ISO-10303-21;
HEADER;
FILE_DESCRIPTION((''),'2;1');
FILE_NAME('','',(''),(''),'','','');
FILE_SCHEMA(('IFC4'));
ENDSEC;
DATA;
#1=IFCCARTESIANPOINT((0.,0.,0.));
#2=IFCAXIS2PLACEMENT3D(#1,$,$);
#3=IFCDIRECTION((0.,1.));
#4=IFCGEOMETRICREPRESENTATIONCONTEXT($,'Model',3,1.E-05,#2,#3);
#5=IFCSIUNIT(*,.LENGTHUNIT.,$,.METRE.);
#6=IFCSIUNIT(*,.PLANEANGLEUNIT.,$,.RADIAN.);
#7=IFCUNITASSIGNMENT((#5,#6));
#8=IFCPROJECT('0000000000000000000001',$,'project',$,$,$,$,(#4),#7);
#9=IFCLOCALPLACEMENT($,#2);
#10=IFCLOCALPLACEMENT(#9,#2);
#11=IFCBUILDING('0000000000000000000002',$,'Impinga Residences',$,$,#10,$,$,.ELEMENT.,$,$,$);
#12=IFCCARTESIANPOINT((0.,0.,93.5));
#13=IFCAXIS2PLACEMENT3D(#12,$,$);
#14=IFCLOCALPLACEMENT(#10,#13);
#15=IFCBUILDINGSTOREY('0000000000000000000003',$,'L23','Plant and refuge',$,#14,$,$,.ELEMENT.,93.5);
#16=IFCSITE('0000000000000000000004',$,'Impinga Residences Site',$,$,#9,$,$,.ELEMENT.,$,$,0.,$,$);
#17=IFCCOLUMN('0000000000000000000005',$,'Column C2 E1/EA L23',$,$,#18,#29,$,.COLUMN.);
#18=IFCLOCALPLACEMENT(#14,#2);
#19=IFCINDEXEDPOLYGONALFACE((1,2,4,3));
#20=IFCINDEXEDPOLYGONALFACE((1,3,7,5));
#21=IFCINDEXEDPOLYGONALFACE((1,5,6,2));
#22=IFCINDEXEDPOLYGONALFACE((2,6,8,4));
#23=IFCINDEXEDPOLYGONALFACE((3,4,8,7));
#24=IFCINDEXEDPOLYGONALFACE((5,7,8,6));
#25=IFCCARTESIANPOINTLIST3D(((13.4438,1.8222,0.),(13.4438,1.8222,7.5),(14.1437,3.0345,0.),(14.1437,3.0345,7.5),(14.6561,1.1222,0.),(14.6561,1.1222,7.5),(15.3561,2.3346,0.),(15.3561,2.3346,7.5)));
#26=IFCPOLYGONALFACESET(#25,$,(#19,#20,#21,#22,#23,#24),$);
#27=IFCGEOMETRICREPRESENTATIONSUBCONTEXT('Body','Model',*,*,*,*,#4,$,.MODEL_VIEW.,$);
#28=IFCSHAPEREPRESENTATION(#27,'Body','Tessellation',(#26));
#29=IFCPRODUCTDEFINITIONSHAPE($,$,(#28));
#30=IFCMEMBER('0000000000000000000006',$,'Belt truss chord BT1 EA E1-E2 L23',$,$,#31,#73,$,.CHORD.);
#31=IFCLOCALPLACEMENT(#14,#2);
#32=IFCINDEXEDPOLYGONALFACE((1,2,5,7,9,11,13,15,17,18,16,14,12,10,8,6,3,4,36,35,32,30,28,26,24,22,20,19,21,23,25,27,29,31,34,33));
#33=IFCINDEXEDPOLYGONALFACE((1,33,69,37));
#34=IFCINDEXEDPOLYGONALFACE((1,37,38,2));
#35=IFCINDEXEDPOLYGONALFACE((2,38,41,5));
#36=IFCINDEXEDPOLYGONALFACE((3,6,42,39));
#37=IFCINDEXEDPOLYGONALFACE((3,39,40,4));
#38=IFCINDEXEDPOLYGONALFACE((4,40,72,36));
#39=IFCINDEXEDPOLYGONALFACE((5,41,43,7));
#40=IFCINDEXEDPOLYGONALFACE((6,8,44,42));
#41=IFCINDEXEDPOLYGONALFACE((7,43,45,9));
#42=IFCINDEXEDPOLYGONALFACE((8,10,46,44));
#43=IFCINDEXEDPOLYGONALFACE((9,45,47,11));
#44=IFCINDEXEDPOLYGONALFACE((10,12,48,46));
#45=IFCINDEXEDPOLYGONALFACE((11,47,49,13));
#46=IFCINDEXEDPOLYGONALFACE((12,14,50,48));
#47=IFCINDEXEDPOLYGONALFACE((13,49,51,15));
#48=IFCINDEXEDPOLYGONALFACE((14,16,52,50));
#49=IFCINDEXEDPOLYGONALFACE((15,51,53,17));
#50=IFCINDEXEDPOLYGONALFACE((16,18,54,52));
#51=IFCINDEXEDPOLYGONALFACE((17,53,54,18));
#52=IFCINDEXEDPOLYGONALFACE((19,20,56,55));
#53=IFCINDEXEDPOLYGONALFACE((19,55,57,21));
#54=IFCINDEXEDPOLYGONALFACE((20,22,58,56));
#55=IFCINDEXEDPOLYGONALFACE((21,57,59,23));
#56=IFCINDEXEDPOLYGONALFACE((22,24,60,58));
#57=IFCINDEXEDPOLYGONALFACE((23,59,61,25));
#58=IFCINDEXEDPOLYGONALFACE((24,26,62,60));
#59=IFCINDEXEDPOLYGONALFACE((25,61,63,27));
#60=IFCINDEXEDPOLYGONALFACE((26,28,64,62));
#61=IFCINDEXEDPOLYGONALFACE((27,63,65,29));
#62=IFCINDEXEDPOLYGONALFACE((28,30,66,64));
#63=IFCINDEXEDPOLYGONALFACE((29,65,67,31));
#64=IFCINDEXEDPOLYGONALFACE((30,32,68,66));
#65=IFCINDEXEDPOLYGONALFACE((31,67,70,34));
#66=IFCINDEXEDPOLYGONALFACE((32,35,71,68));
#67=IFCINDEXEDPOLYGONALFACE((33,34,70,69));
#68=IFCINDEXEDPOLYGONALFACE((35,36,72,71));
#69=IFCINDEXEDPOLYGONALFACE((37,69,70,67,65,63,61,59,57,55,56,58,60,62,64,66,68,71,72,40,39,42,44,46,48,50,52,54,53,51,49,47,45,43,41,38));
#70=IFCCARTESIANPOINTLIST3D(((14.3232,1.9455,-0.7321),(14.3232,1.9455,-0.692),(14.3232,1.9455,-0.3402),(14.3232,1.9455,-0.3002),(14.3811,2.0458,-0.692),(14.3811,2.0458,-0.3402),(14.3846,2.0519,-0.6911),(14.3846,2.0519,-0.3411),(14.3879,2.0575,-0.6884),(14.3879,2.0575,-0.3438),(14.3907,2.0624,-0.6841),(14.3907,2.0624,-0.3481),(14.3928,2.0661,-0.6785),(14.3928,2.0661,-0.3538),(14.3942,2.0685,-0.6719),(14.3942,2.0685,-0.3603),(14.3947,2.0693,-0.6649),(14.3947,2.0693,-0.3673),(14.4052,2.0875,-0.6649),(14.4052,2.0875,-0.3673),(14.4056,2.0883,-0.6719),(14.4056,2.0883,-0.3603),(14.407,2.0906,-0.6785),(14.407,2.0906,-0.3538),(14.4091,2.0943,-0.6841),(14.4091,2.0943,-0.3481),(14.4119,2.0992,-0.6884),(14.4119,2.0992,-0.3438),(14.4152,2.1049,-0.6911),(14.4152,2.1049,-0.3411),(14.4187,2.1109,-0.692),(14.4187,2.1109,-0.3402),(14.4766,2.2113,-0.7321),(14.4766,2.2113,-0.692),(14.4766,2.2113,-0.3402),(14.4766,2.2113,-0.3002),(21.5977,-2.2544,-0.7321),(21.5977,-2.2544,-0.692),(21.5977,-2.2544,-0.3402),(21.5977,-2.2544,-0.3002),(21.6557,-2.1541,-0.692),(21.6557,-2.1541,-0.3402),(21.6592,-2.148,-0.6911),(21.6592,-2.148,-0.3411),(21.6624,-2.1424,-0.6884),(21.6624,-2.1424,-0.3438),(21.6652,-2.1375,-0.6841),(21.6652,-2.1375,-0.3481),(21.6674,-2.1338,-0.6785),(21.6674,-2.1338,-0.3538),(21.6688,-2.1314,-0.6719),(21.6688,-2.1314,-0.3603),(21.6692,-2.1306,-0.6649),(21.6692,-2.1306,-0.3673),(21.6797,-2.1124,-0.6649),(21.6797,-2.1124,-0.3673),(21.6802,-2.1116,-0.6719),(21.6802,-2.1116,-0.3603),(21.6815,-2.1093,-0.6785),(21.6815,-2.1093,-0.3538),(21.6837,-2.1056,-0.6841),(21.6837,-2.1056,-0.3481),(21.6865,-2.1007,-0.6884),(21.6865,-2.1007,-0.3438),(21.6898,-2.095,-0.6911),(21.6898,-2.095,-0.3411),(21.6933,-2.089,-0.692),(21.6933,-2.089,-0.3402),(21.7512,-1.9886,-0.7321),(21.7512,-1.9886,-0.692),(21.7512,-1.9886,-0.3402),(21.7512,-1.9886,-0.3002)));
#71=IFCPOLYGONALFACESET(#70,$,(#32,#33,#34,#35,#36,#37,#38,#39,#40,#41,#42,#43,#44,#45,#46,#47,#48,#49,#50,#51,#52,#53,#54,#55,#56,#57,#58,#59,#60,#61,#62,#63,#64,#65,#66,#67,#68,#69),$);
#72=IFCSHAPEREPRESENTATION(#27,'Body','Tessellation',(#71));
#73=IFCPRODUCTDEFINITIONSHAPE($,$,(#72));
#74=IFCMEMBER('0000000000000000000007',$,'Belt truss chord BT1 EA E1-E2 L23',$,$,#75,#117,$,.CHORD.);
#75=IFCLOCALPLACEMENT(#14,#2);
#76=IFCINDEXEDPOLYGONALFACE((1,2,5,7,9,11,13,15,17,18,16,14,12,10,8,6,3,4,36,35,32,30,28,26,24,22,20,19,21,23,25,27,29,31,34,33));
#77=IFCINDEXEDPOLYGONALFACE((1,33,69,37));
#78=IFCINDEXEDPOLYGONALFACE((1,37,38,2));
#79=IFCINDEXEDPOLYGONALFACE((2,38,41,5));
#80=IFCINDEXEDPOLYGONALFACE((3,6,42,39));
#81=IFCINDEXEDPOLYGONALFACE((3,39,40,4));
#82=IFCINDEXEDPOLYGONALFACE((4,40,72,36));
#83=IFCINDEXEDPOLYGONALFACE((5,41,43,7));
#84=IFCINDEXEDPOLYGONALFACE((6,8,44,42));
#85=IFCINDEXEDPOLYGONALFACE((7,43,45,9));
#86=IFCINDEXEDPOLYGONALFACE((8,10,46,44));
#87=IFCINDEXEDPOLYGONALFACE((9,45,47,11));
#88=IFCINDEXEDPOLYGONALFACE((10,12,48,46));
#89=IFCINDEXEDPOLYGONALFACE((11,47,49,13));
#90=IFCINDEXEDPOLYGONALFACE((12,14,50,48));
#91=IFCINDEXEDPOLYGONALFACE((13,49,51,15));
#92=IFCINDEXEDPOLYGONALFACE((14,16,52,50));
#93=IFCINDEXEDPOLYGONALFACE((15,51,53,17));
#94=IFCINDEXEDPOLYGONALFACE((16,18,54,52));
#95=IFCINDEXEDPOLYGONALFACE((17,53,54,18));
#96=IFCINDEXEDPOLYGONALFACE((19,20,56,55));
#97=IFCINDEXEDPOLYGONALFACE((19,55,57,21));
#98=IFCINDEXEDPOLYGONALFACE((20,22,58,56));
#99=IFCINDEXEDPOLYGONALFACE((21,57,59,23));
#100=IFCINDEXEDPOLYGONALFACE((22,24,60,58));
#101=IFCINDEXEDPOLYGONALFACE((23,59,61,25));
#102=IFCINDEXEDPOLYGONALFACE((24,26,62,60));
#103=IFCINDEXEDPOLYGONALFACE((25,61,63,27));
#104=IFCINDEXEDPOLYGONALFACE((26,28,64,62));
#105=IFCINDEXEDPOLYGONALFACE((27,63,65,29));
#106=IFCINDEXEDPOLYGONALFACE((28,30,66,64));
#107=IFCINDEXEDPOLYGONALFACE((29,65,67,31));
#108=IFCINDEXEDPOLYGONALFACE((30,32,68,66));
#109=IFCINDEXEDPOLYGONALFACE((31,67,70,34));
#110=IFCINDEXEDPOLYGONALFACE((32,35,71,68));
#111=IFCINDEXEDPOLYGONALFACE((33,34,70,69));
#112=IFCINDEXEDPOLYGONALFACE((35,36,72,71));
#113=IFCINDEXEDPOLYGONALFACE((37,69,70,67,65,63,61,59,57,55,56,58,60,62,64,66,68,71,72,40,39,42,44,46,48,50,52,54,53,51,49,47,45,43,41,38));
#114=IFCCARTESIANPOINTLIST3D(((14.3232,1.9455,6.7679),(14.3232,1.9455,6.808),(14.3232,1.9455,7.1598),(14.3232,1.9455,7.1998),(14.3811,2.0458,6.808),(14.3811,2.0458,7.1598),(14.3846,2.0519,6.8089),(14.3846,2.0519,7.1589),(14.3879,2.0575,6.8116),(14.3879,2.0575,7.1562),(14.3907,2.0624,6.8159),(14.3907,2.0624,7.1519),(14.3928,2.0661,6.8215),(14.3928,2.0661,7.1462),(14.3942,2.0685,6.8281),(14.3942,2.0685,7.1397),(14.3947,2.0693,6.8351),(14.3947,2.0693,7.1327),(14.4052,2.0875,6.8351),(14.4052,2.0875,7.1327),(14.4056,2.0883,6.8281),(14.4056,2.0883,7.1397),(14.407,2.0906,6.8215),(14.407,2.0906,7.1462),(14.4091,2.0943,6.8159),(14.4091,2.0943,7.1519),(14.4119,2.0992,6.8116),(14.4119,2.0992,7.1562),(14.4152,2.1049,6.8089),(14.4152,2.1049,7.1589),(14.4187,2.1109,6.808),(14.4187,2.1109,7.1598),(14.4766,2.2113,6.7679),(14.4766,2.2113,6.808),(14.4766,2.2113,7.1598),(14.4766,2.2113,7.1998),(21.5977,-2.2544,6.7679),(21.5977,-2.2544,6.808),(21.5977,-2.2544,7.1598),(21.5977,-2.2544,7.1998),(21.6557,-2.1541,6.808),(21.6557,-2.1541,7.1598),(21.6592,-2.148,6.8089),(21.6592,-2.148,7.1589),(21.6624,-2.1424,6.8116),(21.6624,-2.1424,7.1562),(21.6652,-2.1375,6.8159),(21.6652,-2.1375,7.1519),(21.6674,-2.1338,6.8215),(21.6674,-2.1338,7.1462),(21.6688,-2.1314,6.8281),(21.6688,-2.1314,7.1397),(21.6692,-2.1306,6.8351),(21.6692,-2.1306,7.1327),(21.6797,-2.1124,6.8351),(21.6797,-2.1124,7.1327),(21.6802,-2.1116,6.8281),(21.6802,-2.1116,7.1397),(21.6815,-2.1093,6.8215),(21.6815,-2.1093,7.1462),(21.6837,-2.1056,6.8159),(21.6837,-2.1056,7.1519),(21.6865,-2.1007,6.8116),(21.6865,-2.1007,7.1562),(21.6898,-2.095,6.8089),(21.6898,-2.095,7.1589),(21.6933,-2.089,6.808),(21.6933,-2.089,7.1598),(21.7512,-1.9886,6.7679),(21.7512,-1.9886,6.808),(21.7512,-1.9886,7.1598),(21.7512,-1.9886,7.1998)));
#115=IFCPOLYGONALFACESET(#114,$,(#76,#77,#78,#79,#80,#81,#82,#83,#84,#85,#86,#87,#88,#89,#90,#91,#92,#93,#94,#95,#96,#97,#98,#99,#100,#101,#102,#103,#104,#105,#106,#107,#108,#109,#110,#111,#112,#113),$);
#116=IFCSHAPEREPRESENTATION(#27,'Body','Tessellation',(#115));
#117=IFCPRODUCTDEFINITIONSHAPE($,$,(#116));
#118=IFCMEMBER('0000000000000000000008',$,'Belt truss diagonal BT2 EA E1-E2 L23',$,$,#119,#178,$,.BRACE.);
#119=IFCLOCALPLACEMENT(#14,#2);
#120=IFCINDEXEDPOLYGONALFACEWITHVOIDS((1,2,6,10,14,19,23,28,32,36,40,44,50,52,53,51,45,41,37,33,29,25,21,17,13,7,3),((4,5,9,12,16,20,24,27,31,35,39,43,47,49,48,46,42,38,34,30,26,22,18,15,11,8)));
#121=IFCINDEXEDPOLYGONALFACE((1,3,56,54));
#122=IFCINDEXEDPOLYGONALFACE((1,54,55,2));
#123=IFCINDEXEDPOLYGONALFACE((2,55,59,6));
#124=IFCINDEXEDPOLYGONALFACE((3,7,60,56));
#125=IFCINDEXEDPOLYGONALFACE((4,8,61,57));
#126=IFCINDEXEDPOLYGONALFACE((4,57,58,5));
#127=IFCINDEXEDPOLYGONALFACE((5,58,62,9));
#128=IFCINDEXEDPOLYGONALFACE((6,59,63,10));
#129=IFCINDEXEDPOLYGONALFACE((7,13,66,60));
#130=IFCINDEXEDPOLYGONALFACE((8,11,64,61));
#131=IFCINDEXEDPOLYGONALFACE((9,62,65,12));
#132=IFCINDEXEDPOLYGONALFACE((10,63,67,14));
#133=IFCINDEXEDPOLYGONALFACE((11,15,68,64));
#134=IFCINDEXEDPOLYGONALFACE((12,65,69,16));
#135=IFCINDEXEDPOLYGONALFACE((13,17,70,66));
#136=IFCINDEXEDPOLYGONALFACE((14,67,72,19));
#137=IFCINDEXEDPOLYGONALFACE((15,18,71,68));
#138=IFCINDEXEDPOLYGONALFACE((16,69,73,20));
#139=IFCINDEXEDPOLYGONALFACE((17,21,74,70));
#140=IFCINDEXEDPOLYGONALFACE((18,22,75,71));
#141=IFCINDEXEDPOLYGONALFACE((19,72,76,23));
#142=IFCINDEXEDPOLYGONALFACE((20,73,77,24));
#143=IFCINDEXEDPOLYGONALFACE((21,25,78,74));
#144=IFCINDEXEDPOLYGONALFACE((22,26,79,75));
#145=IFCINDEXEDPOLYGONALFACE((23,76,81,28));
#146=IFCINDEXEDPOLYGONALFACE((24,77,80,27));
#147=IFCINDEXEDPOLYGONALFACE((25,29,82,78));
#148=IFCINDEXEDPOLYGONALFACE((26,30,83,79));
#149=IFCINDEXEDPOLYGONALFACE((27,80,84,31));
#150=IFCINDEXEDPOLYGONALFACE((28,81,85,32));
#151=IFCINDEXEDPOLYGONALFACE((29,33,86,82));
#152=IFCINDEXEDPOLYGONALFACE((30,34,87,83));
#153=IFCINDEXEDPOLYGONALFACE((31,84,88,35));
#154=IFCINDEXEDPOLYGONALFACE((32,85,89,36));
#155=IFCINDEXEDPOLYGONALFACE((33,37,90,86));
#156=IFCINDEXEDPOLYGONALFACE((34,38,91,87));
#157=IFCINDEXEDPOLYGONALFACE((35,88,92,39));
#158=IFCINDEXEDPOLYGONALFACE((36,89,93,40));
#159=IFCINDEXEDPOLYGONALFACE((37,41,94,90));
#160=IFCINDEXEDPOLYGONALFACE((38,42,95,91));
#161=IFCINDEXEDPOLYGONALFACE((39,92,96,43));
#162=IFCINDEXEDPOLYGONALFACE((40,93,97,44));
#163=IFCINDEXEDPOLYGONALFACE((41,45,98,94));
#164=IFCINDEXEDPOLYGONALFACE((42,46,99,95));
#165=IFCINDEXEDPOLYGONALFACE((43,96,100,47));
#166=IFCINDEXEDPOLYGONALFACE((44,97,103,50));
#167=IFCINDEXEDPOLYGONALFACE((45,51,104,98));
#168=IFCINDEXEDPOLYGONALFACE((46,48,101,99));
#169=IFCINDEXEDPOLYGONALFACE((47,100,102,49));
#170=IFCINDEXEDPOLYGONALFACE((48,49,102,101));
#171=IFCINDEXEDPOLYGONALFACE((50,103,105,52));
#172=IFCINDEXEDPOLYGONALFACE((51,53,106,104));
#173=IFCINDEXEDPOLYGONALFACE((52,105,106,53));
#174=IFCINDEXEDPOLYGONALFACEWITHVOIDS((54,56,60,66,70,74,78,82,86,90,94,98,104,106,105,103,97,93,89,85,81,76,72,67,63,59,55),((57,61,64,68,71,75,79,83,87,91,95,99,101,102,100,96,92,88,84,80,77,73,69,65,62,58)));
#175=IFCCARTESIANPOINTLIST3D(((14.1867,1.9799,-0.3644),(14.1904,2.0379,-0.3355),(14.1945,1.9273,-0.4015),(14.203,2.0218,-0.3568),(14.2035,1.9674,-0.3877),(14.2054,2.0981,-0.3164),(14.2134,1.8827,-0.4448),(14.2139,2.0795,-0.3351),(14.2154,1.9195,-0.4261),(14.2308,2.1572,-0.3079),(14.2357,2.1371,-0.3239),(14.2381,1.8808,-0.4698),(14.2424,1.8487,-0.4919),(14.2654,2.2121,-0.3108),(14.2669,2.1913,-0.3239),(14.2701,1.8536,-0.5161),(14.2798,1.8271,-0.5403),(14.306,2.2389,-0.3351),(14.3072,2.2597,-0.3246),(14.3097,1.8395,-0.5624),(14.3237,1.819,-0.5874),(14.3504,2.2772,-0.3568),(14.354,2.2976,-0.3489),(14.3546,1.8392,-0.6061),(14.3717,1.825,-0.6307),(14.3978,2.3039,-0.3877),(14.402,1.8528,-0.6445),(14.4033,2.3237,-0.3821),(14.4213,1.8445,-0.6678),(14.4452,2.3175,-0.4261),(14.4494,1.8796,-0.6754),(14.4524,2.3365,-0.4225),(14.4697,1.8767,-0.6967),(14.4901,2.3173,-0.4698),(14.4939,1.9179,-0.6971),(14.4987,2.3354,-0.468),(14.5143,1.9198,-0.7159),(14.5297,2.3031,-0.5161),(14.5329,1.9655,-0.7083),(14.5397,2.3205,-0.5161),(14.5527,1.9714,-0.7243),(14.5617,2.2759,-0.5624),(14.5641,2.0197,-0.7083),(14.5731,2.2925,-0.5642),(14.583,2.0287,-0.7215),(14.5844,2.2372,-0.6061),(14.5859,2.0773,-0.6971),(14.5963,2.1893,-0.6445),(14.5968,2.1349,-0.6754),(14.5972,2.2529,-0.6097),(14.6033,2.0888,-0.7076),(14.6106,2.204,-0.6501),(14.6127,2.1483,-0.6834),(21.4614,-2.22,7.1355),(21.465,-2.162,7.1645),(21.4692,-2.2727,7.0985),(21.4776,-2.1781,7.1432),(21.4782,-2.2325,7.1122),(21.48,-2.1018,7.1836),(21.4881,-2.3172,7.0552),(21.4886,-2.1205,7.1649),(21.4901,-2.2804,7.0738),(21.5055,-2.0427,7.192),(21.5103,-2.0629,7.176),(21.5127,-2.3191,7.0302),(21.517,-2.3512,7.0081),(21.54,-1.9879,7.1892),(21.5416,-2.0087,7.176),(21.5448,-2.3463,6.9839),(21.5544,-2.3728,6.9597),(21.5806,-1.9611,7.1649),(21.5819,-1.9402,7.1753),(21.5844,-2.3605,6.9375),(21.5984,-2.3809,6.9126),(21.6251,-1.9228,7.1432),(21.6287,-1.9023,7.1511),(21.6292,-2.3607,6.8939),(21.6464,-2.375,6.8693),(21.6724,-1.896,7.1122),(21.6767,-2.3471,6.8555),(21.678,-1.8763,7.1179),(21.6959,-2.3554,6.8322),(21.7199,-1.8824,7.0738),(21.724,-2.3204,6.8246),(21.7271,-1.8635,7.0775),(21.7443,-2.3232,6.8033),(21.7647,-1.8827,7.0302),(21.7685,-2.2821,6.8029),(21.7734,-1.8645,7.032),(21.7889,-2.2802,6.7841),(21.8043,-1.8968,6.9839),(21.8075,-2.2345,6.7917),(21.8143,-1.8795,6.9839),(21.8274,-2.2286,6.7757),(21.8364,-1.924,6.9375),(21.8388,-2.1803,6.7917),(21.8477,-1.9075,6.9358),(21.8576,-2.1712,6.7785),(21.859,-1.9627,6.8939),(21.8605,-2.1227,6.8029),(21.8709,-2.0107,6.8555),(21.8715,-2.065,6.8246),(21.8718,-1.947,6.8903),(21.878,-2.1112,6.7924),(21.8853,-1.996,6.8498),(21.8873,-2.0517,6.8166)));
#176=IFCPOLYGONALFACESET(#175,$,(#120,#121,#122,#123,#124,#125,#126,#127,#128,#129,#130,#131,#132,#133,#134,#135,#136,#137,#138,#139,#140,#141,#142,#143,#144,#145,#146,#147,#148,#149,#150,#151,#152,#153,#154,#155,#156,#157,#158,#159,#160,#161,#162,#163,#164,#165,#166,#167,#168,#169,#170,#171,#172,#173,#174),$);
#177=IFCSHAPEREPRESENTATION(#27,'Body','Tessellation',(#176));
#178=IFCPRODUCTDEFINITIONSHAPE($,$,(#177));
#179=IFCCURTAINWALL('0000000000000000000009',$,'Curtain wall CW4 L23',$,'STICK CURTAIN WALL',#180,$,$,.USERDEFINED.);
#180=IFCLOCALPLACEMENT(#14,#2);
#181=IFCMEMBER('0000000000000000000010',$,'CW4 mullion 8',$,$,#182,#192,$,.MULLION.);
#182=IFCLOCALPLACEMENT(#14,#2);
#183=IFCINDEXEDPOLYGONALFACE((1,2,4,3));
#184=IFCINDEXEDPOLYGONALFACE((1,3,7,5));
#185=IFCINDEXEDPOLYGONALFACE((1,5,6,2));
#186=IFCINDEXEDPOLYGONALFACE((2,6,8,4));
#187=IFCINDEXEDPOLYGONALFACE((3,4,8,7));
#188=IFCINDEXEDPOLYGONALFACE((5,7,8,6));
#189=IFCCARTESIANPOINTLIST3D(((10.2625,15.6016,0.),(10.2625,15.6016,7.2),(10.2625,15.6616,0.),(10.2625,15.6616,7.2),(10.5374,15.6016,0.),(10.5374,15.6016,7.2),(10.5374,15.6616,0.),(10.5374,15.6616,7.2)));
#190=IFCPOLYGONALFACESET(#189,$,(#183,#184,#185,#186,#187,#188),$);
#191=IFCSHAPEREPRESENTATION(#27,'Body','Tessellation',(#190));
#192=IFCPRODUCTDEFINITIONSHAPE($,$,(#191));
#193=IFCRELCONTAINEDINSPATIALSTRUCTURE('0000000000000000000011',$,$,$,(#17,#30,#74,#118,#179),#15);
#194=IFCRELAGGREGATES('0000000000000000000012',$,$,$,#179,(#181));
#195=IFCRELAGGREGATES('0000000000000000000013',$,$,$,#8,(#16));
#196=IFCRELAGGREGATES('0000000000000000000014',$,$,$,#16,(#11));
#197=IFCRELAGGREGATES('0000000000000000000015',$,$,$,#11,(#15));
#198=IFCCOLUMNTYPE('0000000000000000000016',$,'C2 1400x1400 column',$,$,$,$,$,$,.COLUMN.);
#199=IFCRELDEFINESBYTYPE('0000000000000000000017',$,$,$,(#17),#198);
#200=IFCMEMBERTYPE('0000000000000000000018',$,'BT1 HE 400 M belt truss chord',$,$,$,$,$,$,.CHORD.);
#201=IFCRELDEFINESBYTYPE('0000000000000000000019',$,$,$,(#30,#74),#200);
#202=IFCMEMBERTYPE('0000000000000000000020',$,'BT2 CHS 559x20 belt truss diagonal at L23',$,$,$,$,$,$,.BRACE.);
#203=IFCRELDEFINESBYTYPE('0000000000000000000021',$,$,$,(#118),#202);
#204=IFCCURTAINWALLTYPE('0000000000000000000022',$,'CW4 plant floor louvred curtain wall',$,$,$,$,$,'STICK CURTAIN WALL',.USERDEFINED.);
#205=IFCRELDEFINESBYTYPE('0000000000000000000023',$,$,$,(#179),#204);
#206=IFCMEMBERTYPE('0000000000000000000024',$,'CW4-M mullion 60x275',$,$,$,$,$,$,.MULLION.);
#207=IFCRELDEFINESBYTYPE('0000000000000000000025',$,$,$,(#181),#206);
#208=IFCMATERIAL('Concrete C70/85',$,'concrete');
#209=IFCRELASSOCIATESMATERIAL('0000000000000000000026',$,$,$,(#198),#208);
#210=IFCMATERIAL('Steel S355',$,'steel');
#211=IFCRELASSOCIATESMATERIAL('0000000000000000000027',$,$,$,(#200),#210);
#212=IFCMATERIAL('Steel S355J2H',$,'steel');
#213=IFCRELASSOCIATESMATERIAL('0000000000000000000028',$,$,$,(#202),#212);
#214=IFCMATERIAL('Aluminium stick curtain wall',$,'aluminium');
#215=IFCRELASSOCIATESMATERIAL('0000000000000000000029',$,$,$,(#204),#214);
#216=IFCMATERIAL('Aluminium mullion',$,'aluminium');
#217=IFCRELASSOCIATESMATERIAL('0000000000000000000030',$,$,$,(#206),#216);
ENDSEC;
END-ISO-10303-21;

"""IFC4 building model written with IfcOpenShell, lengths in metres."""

from ifc_helpers import new_model, si_unit, direction, frame, origin, origin_2d, place, context, subcontext, project, spatial, rectangle, hollow_circle, i_section, extrude, material, material_profile, profile_set, type_object, element, aggregate, save


model = new_model("IFC4")

# Units and contexts
model_context = context("Model", 3, precision=1e-05, world=origin(), true_north=direction((0.0, 1.0)))
body_context = subcontext(model_context, "Body", "Model", "MODEL_VIEW")
ifc_project = project(units=[si_unit("LENGTHUNIT", "METRE"), si_unit("PLANEANGLEUNIT", "RADIAN")], contexts=[model_context])

# Site, building, storey
site_placement = place(None, origin())
site = spatial("IfcSite", under=ifc_project, at=site_placement, Name="Impinga Residences Site", CompositionType="ELEMENT", RefElevation=0.0)
building_placement = place(site_placement, origin())
building = spatial("IfcBuilding", under=site, at=building_placement, Name="Impinga Residences", CompositionType="ELEMENT")
storey_placement = place(building_placement, frame((0.0, 0.0, 93.5)))
storey = spatial("IfcBuildingStorey", under=building, at=storey_placement, Name="L23", Description="Plant and refuge", CompositionType="ELEMENT", Elevation=93.5)

# Column
ifc_material_1 = material(Name="Concrete C70/85", Category="concrete")
ifc_material_profile_1 = material_profile(ifc_material_1, rectangle(XDim=1.3999, YDim=1.3999, at=origin_2d()), Name="RC 1400x1400")
ifc_profile_set_1 = profile_set([ifc_material_profile_1], Name="Concrete C70/85")
column_type = type_object("IfcColumnType", Name="C2 1400x1400 column", PredefinedType="COLUMN", material=ifc_profile_set_1)
column_placement = place(storey_placement, frame((14.3999, 2.0784, 0.0), z_axis=(0.0, 0.0, 1.0), x_axis=(-0.5, -0.866025, 0.0)))
element("IfcColumn", 1, at=column_placement, inside=storey, type_object=column_type, Name="Column C2 E1/EA L23", PredefinedType="COLUMN", context=body_context, shape_type="SweptSolid", body=[
    extrude(rectangle(XDim=1.3999, YDim=1.3999, at=origin_2d()), origin(), (0.0, 0.0, 1.0), 7.5),
])

# Members
ifc_material_2 = material(Name="Steel S355", Category="steel")
ifc_material_profile_2 = material_profile(ifc_material_2, i_section(OverallWidth=0.3069, OverallDepth=0.4319, WebThickness=0.021, FlangeThickness=0.04, FilletRadius=0.0271, at=origin_2d()), Name="HE 400 M")
ifc_profile_set_2 = profile_set([ifc_material_profile_2], Name="Steel S355")
member_type_1 = type_object("IfcMemberType", Name="BT1 HE 400 M belt truss chord", PredefinedType="CHORD", material=ifc_profile_set_2)
for number, where, z_axis, x_axis, name in (
    (2, (14.3999, 2.0784, -0.5161), (0.866029, -0.499993, 0.0), (0.499993, 0.866029, 0.0), "Belt truss chord BT1 EA E1-E2 L23"),
    (3, (14.3999, 2.0784, 6.9839), (0.866029, -0.499993, 0.0), (0.499993, 0.866029, 0.0), "Belt truss chord BT1 EA E1-E2 L23"),
):
    element("IfcMember", number, at=place(storey_placement, frame(where, z_axis=z_axis, x_axis=x_axis)), inside=storey, type_object=member_type_1, Name=name, PredefinedType="CHORD", context=body_context, shape_type="SweptSolid", body=[
        extrude(i_section(OverallWidth=0.3069, OverallDepth=0.4319, WebThickness=0.021, FlangeThickness=0.04, FilletRadius=0.0271, at=origin_2d()), origin(), (0.0, 0.0, 1.0), 8.3999),
    ])
ifc_material_3 = material(Name="Steel S355J2H", Category="steel")
ifc_material_profile_3 = material_profile(ifc_material_3, hollow_circle(Radius=0.2795, WallThickness=0.02, at=origin_2d()), Name="CHS 559x20")
ifc_profile_set_3 = profile_set([ifc_material_profile_3], Name="Steel S355J2H")
member_type_2 = type_object("IfcMemberType", Name="BT2 CHS 559x20 belt truss diagonal at L23", PredefinedType="BRACE", material=ifc_profile_set_3)
member_1_placement = place(storey_placement, frame((14.3999, 2.0784, -0.5161), z_axis=(0.646004, -0.372964, 0.666015), x_axis=(0.499993, 0.866029, 0.0)))
element("IfcMember", 4, at=member_1_placement, inside=storey, type_object=member_type_2, Name="Belt truss diagonal BT2 EA E1-E2 L23", PredefinedType="BRACE", context=body_context, shape_type="SweptSolid", body=[
    extrude(hollow_circle(Radius=0.2795, WallThickness=0.02, at=origin_2d()), origin(), (0.0, 0.0, 1.0), 11.261),
])

# Curtain wall, member
ifc_material_4 = material(Name="Aluminium stick curtain wall", Category="aluminium")
curtain_wall_type = type_object("IfcCurtainWallType", Name="CW4 plant floor louvred curtain wall", ElementType="STICK CURTAIN WALL", PredefinedType="USERDEFINED", material=ifc_material_4)
curtain_wall_1_placement = place(storey_placement, origin())
curtain_wall_1 = element("IfcCurtainWall", 5, at=curtain_wall_1_placement, inside=storey, type_object=curtain_wall_type, Name="Curtain wall CW4 L23", ObjectType="STICK CURTAIN WALL", PredefinedType="USERDEFINED")
ifc_material_5 = material(Name="Aluminium mullion", Category="aluminium")
ifc_material_profile_4 = material_profile(ifc_material_5, rectangle(XDim=0.0601, YDim=0.2749, at=origin_2d()), Name="60x275 mullion")
ifc_profile_set_4 = profile_set([ifc_material_profile_4], Name="Aluminium mullion")
member_type_3 = type_object("IfcMemberType", Name="CW4-M mullion 60x275", PredefinedType="MULLION", material=ifc_profile_set_4)
member_2_placement = place(storey_placement, frame((10.3999, 15.6316, 0.0), z_axis=(0.0, 0.0, 1.0), x_axis=(0.0, -1.0, 0.0)))
member_2 = element("IfcMember", 6, at=member_2_placement, type_object=member_type_3, Name="CW4 mullion 8", PredefinedType="MULLION", context=body_context, shape_type="SweptSolid", body=[
    extrude(rectangle(XDim=0.0601, YDim=0.2749, at=origin_2d()), origin(), (0.0, 0.0, 1.0), 7.2),
])

aggregate(curtain_wall_1, [member_2])

save(model, "model.ifc")
